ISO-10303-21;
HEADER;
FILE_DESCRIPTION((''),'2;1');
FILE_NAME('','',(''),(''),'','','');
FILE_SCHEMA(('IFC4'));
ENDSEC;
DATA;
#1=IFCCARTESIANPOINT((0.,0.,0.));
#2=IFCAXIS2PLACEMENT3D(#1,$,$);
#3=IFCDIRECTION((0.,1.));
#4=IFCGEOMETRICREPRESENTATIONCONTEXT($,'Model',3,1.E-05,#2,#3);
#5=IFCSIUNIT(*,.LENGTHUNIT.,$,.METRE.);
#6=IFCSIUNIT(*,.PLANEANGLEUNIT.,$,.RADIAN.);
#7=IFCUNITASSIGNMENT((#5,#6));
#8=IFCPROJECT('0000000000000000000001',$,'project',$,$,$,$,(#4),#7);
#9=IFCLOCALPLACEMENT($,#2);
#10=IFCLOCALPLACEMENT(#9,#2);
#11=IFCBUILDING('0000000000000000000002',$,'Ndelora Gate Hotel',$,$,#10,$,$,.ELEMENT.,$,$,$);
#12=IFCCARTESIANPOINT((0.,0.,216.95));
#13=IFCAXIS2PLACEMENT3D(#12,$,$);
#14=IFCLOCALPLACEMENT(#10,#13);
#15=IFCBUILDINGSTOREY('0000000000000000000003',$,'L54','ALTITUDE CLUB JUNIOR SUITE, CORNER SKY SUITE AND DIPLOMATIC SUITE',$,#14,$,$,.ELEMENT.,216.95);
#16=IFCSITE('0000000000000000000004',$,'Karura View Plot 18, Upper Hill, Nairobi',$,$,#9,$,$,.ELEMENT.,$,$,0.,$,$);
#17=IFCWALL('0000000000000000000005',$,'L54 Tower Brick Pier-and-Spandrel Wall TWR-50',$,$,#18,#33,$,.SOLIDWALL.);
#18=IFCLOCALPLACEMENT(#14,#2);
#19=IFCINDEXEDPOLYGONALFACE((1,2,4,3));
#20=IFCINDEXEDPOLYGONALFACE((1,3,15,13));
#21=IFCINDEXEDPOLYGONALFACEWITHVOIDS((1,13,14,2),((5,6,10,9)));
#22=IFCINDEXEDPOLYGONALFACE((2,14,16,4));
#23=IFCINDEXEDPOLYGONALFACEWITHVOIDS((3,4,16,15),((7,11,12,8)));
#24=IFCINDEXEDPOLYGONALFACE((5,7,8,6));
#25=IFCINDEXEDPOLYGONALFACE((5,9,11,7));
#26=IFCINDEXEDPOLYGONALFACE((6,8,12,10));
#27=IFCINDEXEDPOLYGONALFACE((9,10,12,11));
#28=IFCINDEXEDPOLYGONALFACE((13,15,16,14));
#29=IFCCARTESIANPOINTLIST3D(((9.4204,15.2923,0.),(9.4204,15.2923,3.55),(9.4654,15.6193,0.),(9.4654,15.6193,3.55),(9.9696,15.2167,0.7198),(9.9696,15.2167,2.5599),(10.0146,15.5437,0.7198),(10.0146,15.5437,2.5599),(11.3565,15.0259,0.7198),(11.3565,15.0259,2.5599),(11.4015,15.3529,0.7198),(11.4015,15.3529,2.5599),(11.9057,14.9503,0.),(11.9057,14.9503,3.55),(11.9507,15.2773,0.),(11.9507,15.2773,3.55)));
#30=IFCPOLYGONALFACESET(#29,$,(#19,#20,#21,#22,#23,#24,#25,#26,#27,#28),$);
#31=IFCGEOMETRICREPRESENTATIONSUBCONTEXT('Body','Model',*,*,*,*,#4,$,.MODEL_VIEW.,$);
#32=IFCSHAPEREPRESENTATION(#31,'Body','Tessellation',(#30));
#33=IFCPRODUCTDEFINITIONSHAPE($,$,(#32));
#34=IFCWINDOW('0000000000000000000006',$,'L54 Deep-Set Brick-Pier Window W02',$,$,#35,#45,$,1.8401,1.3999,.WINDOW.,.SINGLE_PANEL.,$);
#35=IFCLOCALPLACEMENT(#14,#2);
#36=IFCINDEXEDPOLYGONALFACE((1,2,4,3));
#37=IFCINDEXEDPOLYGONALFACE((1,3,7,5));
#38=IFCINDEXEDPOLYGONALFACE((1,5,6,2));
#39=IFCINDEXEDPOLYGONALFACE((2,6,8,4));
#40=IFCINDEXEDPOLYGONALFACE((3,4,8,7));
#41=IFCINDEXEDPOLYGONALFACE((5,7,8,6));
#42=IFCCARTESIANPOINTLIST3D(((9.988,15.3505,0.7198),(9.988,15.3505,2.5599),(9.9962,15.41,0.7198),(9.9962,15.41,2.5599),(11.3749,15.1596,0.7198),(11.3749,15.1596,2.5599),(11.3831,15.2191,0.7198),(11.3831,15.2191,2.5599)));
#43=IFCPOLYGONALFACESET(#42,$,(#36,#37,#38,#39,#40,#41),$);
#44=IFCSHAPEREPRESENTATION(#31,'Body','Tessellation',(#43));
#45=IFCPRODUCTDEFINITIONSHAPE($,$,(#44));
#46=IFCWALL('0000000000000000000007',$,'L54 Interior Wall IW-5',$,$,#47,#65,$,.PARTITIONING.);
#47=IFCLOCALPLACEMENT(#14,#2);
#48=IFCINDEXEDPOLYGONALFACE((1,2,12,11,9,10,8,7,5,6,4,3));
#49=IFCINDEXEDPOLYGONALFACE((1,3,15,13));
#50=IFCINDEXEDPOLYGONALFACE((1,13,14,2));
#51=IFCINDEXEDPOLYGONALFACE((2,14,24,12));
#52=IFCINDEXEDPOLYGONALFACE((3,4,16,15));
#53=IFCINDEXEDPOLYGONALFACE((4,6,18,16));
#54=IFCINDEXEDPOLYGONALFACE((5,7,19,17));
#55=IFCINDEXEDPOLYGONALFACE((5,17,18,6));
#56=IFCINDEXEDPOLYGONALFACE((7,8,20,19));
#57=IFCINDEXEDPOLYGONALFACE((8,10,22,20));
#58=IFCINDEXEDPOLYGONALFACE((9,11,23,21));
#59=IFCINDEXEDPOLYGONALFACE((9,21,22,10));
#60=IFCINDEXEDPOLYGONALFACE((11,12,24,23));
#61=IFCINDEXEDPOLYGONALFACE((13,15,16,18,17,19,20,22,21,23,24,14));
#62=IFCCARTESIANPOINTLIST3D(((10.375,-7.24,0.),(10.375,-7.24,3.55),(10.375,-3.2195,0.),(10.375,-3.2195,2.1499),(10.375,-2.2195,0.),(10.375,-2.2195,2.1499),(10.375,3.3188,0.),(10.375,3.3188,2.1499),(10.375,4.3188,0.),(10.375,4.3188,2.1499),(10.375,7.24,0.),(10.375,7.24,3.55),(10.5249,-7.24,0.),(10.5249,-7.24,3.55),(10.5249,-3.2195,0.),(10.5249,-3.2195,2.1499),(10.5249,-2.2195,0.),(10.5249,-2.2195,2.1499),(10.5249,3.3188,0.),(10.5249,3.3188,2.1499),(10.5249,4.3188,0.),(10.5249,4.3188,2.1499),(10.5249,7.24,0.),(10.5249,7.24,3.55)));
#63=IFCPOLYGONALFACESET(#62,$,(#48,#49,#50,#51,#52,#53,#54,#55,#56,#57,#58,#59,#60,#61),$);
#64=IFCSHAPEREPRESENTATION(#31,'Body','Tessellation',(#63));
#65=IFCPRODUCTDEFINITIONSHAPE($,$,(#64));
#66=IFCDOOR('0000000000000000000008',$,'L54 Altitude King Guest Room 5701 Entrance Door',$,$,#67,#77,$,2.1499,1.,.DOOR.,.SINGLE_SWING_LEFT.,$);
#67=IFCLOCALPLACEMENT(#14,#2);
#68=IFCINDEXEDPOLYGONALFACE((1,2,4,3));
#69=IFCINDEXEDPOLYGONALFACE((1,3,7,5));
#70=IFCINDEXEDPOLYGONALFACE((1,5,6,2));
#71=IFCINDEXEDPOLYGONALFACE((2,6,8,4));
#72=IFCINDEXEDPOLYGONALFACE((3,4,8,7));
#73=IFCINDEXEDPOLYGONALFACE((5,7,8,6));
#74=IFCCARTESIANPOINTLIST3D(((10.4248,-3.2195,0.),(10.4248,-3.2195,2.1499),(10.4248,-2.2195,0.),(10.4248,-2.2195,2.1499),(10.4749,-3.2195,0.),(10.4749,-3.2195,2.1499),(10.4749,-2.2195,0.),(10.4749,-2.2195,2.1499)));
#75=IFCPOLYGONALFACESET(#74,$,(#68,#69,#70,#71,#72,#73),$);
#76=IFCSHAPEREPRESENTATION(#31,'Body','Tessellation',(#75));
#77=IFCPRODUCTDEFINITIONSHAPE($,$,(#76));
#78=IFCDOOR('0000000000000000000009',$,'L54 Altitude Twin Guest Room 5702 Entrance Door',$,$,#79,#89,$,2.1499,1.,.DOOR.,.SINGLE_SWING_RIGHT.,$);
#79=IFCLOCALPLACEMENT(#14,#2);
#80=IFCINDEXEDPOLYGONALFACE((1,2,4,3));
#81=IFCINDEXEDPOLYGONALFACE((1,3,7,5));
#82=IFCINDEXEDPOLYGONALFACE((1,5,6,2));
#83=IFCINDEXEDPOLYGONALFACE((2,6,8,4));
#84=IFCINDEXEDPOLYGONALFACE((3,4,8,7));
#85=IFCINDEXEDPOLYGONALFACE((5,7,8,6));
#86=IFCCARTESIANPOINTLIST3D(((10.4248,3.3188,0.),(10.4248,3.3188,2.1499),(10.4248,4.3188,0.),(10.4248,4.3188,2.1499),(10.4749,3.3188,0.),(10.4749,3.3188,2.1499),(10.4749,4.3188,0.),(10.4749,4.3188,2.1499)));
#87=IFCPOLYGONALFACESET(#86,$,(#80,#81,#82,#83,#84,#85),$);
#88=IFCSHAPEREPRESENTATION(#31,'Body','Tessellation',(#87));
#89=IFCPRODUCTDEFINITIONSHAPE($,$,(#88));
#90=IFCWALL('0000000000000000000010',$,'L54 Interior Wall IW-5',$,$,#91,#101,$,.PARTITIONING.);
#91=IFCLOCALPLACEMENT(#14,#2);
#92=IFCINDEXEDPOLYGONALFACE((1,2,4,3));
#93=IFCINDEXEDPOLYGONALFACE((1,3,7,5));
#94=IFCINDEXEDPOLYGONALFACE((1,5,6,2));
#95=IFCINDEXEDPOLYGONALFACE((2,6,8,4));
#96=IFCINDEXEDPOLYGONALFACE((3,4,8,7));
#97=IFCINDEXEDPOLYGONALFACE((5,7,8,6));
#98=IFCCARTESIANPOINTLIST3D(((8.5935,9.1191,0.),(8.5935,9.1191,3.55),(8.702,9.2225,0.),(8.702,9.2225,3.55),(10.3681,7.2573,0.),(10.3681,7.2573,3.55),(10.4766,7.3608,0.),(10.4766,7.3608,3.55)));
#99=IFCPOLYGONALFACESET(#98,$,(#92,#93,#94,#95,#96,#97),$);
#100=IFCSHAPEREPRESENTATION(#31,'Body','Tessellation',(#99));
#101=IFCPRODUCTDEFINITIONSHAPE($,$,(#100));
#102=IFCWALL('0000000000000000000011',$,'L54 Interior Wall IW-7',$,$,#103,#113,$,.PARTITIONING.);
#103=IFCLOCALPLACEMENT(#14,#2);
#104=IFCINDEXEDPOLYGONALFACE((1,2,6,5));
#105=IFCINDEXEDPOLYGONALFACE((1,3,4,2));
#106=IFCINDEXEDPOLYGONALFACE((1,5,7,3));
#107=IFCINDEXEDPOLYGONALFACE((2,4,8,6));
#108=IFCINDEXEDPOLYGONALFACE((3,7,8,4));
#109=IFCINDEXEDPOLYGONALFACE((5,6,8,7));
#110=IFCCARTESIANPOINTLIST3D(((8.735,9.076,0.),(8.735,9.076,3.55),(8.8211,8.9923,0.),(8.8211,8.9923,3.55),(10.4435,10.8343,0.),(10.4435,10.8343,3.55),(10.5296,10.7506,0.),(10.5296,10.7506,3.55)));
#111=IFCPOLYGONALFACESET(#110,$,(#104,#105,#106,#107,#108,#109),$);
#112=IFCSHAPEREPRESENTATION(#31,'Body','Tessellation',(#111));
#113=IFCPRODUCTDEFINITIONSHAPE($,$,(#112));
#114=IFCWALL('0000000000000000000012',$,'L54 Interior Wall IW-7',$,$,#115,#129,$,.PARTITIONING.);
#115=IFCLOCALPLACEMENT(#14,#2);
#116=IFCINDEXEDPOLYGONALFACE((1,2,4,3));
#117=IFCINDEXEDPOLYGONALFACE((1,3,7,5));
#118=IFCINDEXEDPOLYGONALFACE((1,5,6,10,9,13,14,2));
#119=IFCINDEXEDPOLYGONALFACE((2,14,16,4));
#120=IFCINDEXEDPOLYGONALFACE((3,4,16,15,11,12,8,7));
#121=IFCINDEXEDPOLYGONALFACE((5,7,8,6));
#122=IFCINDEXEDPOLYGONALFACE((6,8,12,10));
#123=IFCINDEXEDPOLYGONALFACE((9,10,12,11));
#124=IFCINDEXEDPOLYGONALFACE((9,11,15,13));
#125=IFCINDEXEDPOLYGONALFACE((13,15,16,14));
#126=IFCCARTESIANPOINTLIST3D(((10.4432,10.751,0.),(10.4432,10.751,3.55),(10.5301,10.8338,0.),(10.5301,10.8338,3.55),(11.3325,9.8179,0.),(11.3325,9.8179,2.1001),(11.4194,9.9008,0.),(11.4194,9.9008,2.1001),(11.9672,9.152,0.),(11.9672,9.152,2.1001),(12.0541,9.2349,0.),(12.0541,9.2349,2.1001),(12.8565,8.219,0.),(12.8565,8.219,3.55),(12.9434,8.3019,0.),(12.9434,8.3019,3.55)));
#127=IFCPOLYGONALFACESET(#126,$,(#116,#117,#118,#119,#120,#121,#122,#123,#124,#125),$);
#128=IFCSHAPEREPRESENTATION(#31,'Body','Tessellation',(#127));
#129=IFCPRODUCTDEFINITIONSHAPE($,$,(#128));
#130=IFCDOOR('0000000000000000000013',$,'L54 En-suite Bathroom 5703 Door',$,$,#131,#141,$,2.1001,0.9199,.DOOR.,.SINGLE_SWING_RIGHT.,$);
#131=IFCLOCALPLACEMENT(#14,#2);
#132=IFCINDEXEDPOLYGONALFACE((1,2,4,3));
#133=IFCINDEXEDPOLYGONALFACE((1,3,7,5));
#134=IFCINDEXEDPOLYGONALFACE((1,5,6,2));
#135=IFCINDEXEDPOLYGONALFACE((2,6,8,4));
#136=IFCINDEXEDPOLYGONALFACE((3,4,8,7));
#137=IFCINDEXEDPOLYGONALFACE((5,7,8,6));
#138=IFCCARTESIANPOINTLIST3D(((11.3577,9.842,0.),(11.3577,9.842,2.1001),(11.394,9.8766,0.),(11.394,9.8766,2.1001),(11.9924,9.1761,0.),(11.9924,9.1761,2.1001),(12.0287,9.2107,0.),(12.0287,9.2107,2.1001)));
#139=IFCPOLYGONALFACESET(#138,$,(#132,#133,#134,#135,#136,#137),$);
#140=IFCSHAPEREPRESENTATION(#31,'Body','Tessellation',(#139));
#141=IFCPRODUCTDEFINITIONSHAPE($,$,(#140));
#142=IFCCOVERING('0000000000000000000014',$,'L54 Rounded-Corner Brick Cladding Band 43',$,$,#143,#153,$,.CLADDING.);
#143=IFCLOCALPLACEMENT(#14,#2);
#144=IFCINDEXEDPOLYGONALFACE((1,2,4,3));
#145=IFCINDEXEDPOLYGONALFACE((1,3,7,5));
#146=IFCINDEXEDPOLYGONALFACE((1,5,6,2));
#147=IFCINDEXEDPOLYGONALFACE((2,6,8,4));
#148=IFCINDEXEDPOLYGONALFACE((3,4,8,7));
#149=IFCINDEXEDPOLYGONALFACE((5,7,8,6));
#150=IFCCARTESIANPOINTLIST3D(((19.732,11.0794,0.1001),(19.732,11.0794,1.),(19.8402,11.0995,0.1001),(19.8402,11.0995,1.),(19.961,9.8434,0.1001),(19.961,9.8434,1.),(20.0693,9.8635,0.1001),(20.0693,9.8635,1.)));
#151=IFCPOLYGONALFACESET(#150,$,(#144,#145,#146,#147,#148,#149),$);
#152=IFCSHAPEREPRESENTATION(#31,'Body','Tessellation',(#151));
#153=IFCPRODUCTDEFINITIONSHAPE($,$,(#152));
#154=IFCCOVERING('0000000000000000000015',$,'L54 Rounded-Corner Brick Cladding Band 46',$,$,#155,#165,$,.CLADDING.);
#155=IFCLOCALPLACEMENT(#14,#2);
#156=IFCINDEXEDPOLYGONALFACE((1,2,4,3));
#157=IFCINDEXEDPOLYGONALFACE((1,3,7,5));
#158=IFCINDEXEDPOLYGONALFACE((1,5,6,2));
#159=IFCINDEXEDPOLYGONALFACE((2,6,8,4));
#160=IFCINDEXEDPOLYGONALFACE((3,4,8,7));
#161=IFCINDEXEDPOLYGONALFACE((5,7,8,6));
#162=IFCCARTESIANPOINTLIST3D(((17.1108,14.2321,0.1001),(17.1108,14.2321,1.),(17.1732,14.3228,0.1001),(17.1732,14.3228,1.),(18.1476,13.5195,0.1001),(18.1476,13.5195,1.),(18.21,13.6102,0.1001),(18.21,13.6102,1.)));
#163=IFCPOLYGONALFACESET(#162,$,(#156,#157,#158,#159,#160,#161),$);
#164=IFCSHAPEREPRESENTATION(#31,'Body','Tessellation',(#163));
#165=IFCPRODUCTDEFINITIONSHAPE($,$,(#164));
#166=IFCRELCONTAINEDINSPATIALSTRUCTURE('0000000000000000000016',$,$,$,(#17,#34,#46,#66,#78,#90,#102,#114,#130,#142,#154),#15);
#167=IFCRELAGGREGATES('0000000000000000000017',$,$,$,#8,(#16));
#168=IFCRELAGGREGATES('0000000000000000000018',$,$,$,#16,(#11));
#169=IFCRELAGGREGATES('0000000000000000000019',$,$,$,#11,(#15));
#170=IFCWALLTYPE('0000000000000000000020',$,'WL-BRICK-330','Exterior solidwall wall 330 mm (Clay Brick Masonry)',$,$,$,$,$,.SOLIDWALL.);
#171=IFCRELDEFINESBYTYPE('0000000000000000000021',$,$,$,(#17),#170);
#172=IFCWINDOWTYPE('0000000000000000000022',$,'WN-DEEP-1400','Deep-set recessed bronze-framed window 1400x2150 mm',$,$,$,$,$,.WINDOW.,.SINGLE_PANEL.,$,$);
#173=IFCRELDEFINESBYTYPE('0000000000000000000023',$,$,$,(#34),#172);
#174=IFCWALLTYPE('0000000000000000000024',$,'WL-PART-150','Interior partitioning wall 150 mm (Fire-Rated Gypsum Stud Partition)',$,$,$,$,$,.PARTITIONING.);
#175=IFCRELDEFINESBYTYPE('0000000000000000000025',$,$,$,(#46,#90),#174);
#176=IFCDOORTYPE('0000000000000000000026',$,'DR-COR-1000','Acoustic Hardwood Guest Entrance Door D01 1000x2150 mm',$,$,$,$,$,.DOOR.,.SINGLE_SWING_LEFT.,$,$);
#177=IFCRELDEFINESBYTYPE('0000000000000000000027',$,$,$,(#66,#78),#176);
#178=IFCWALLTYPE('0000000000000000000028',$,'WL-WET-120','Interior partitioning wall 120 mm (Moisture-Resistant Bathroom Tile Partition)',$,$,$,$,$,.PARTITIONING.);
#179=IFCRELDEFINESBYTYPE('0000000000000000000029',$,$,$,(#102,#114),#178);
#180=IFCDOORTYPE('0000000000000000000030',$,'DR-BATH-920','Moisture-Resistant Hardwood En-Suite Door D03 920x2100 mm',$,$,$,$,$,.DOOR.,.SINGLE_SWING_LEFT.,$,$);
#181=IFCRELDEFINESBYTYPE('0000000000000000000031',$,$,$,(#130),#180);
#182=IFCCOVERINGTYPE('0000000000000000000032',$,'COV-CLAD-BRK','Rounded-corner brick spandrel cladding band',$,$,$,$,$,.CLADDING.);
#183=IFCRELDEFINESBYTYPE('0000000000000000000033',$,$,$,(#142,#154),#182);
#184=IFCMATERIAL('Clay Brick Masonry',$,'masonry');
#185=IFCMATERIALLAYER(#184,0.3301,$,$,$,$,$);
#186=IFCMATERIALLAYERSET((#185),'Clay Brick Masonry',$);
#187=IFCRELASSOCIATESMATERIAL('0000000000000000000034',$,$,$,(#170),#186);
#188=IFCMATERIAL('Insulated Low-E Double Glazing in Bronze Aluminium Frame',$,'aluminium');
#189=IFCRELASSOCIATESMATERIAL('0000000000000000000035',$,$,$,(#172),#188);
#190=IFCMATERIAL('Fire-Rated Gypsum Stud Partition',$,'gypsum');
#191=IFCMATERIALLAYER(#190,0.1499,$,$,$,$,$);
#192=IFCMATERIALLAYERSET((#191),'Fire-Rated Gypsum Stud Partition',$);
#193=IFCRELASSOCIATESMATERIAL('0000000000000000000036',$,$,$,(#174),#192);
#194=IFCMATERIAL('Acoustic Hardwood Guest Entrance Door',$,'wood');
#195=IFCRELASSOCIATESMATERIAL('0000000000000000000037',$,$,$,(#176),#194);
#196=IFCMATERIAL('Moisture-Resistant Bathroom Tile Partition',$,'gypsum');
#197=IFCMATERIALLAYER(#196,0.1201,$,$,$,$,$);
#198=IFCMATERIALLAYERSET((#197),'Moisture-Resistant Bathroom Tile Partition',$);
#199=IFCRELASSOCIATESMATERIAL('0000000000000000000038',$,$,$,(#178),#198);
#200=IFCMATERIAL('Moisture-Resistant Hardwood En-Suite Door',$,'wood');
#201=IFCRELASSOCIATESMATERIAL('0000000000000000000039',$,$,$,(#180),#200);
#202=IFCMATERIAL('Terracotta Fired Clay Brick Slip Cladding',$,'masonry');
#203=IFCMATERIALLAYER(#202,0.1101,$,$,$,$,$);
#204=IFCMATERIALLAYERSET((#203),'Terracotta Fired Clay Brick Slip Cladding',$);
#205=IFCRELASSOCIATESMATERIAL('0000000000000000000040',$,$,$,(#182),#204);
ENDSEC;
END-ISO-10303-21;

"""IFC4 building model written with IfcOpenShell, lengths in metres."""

from ifc_helpers import new_model, si_unit, direction, frame, frame_2d, origin, origin_2d, place, context, subcontext, project, spatial, rectangle, extrude, material, layer, layer_set, type_object, element, fill, save


model = new_model("IFC4")

# Units and contexts
model_context = context("Model", 3, precision=1e-05, world=origin(), true_north=direction((0.0, 1.0)))
body_context = subcontext(model_context, "Body", "Model", "MODEL_VIEW")
ifc_project = project(units=[si_unit("LENGTHUNIT", "METRE"), si_unit("PLANEANGLEUNIT", "RADIAN")], contexts=[model_context])

# Site, building, storey
site_placement = place(None, origin())
site = spatial("IfcSite", under=ifc_project, at=site_placement, Name="Karura View Plot 18, Upper Hill, Nairobi", CompositionType="ELEMENT", RefElevation=0.0)
building_placement = place(site_placement, origin())
building = spatial("IfcBuilding", under=site, at=building_placement, Name="Ndelora Gate Hotel", CompositionType="ELEMENT")
storey_placement = place(building_placement, frame((0.0, 0.0, 216.95)))
storey = spatial("IfcBuildingStorey", under=building, at=storey_placement, Name="L54", Description="ALTITUDE CLUB JUNIOR SUITE, CORNER SKY SUITE AND DIPLOMATIC SUITE", CompositionType="ELEMENT", Elevation=216.95)

# Shared definitions
ifc_material_1 = material(Name="Clay Brick Masonry", Category="masonry")
ifc_layer_1 = layer(ifc_material_1, 0.3301)
ifc_layer_set_1 = layer_set([ifc_layer_1], Name="Clay Brick Masonry")
wall_type_1 = type_object("IfcWallType", Name="WL-BRICK-330", Description="Exterior solidwall wall 330 mm (Clay Brick Masonry)", PredefinedType="SOLIDWALL", material=ifc_layer_set_1)

# Wall, opening, window
ifc_material_2 = material(Name="Insulated Low-E Double Glazing in Bronze Aluminium Frame", Category="aluminium")
window_type = type_object("IfcWindowType", Name="WN-DEEP-1400", Description="Deep-set recessed bronze-framed window 1400x2150 mm", PartitioningType="SINGLE_PANEL", PredefinedType="WINDOW", material=ifc_material_2)
wall_1_placement = place(storey_placement, frame((9.4429, 15.4558, 0.0), z_axis=(0.0, 0.0, 1.0), x_axis=(0.990662, -0.136338, 0.0)))
wall_1 = element("IfcWall", 1, at=wall_1_placement, inside=storey, type_object=wall_type_1, Name="L54 Tower Brick Pier-and-Spandrel Wall TWR-50", PredefinedType="SOLIDWALL", context=body_context, shape_type="SweptSolid", body=[
    extrude(rectangle(XDim=2.5088, YDim=0.3301, at=frame_2d((1.2544, 0.0))), origin(), (0.0, 0.0, 1.0), 3.55),
])
opening_1_placement = place(wall_1_placement, frame((0.5544, 0.0, 0.72)))
opening_1 = element("IfcOpeningElement", 2, at=opening_1_placement, cuts=wall_1, PredefinedType="OPENING", context=body_context, shape_type="SweptSolid", body=[
    extrude(rectangle(XDim=1.3999, YDim=1.8401, at=frame_2d((0.7, 0.9199))), frame((0.0, 0.175, 0.0), z_axis=(0.0, -1.0, 0.0), x_axis=(1.0, 0.0, 0.0)), (0.0, 0.0, 1.0), 0.3501),
])
window_1_placement = place(opening_1_placement, origin())
window_1 = element("IfcWindow", 3, at=window_1_placement, inside=storey, type_object=window_type, Name="L54 Deep-Set Brick-Pier Window W02", OverallHeight=1.8401, OverallWidth=1.3999, PartitioningType="SINGLE_PANEL", PredefinedType="WINDOW", context=body_context, shape_type="SweptSolid", body=[
    extrude(rectangle(XDim=1.3999, YDim=1.8401, at=frame_2d((0.7, 0.9199))), frame((0.0, 0.03, 0.0), z_axis=(0.0, -1.0, 0.0), x_axis=(1.0, 0.0, 0.0)), (0.0, 0.0, 1.0), 0.0601),
])
fill(opening_1, window_1)

# Wall, openings, doors
ifc_material_3 = material(Name="Fire-Rated Gypsum Stud Partition", Category="gypsum")
ifc_layer_2 = layer(ifc_material_3, 0.1499)
ifc_layer_set_2 = layer_set([ifc_layer_2], Name="Fire-Rated Gypsum Stud Partition")
wall_type_2 = type_object("IfcWallType", Name="WL-PART-150", Description="Interior partitioning wall 150 mm (Fire-Rated Gypsum Stud Partition)", PredefinedType="PARTITIONING", material=ifc_layer_set_2)
wall_2_placement = place(storey_placement, frame((10.45, 7.24, 0.0), z_axis=(0.0, 0.0, 1.0), x_axis=(0.0, -1.0, 0.0)))
wall_2 = element("IfcWall", 4, at=wall_2_placement, inside=storey, type_object=wall_type_2, Name="L54 Interior Wall IW-5", PredefinedType="PARTITIONING", context=body_context, shape_type="SweptSolid", body=[
    extrude(rectangle(XDim=14.48, YDim=0.1499, at=frame_2d((7.24, 0.0))), origin(), (0.0, 0.0, 1.0), 3.55),
])
opening_2_placement = place(wall_2_placement, frame((9.4595, 0.0, 0.0)))
opening_2 = element("IfcOpeningElement", 5, at=opening_2_placement, cuts=wall_2, PredefinedType="OPENING", context=body_context, shape_type="SweptSolid", body=[
    extrude(rectangle(XDim=1.0, YDim=2.1499, at=frame_2d((0.5, 1.075))), frame((0.0, 0.085, 0.0), z_axis=(0.0, -1.0, 0.0), x_axis=(1.0, 0.0, 0.0)), (0.0, 0.0, 1.0), 0.1699),
])
opening_3_placement = place(wall_2_placement, frame((2.9211, 0.0, 0.0)))
opening_3 = element("IfcOpeningElement", 6, at=opening_3_placement, cuts=wall_2, PredefinedType="OPENING", context=body_context, shape_type="SweptSolid", body=[
    extrude(rectangle(XDim=1.0, YDim=2.1499, at=frame_2d((0.5, 1.075))), frame((0.0, 0.085, 0.0), z_axis=(0.0, -1.0, 0.0), x_axis=(1.0, 0.0, 0.0)), (0.0, 0.0, 1.0), 0.1699),
])
ifc_material_4 = material(Name="Acoustic Hardwood Guest Entrance Door", Category="wood")
door_type_1 = type_object("IfcDoorType", Name="DR-COR-1000", Description="Acoustic Hardwood Guest Entrance Door D01 1000x2150 mm", OperationType="SINGLE_SWING_LEFT", PredefinedType="DOOR", material=ifc_material_4)
door_1_placement = place(opening_2_placement, origin())
door_1 = element("IfcDoor", 7, at=door_1_placement, inside=storey, type_object=door_type_1, Name="L54 Altitude King Guest Room 5701 Entrance Door", OperationType="SINGLE_SWING_LEFT", OverallHeight=2.1499, OverallWidth=1.0, PredefinedType="DOOR", context=body_context, shape_type="SweptSolid", body=[
    extrude(rectangle(XDim=1.0, YDim=2.1499, at=frame_2d((0.5, 1.075))), frame((0.0, 0.0249, 0.0), z_axis=(0.0, -1.0, 0.0), x_axis=(1.0, 0.0, 0.0)), (0.0, 0.0, 1.0), 0.05),
])
fill(opening_2, door_1)
door_2_placement = place(opening_3_placement, origin())
door_2 = element("IfcDoor", 8, at=door_2_placement, inside=storey, type_object=door_type_1, Name="L54 Altitude Twin Guest Room 5702 Entrance Door", OperationType="SINGLE_SWING_RIGHT", OverallHeight=2.1499, OverallWidth=1.0, PredefinedType="DOOR", context=body_context, shape_type="SweptSolid", body=[
    extrude(rectangle(XDim=1.0, YDim=2.1499, at=frame_2d((0.5, 1.075))), frame((0.0, 0.0249, 0.0), z_axis=(0.0, -1.0, 0.0), x_axis=(1.0, 0.0, 0.0)), (0.0, 0.0, 1.0), 0.05),
])
fill(opening_3, door_2)

# Walls
wall_3_placement = place(storey_placement, frame((8.6477, 9.1709, 0.0), z_axis=(0.0, 0.0, 1.0), x_axis=(0.689961, -0.723847, 0.0)))
element("IfcWall", 9, at=wall_3_placement, inside=storey, type_object=wall_type_2, Name="L54 Interior Wall IW-5", PredefinedType="PARTITIONING", context=body_context, shape_type="SweptSolid", body=[
    extrude(rectangle(XDim=2.572, YDim=0.1499, at=frame_2d((1.2861, 0.0))), origin(), (0.0, 0.0, 1.0), 3.55),
])
ifc_material_5 = material(Name="Moisture-Resistant Bathroom Tile Partition", Category="gypsum")
ifc_layer_3 = layer(ifc_material_5, 0.1201)
ifc_layer_set_3 = layer_set([ifc_layer_3], Name="Moisture-Resistant Bathroom Tile Partition")
wall_type_3 = type_object("IfcWallType", Name="WL-WET-120", Description="Interior partitioning wall 120 mm (Moisture-Resistant Bathroom Tile Partition)", PredefinedType="PARTITIONING", material=ifc_layer_set_3)
wall_4_placement = place(storey_placement, frame((10.4866, 10.7925, 0.0), z_axis=(0.0, 0.0, 1.0), x_axis=(-0.696876, -0.717191, 0.0)))
element("IfcWall", 10, at=wall_4_placement, inside=storey, type_object=wall_type_3, Name="L54 Interior Wall IW-7", PredefinedType="PARTITIONING", context=body_context, shape_type="SweptSolid", body=[
    extrude(rectangle(XDim=2.4517, YDim=0.1201, at=frame_2d((1.2258, 0.0))), origin(), (0.0, 0.0, 1.0), 3.55),
])

# Wall, opening, door
wall_5_placement = place(storey_placement, frame((10.4866, 10.7925, 0.0), z_axis=(0.0, 0.0, 1.0), x_axis=(0.689943, -0.723864, 0.0)))
wall_5 = element("IfcWall", 11, at=wall_5_placement, inside=storey, type_object=wall_type_3, Name="L54 Interior Wall IW-7", PredefinedType="PARTITIONING", context=body_context, shape_type="SweptSolid", body=[
    extrude(rectangle(XDim=3.4978, YDim=0.1201, at=frame_2d((1.749, 0.0))), origin(), (0.0, 0.0, 1.0), 3.55),
])
opening_4_placement = place(wall_5_placement, frame((1.2891, 0.0, 0.0)))
opening_4 = element("IfcOpeningElement", 12, at=opening_4_placement, cuts=wall_5, PredefinedType="OPENING", context=body_context, shape_type="SweptSolid", body=[
    extrude(rectangle(XDim=0.9199, YDim=2.1001, at=frame_2d((0.46, 1.05))), frame((0.0, 0.0701, 0.0), z_axis=(0.0, -1.0, 0.0), x_axis=(1.0, 0.0, 0.0)), (0.0, 0.0, 1.0), 0.1401),
])
ifc_material_6 = material(Name="Moisture-Resistant Hardwood En-Suite Door", Category="wood")
door_type_2 = type_object("IfcDoorType", Name="DR-BATH-920", Description="Moisture-Resistant Hardwood En-Suite Door D03 920x2100 mm", OperationType="SINGLE_SWING_LEFT", PredefinedType="DOOR", material=ifc_material_6)
door_3_placement = place(opening_4_placement, origin())
door_3 = element("IfcDoor", 13, at=door_3_placement, inside=storey, type_object=door_type_2, Name="L54 En-suite Bathroom 5703 Door", OperationType="SINGLE_SWING_RIGHT", OverallHeight=2.1001, OverallWidth=0.9199, PredefinedType="DOOR", context=body_context, shape_type="SweptSolid", body=[
    extrude(rectangle(XDim=0.9199, YDim=2.1001, at=frame_2d((0.46, 1.05))), frame((0.0, 0.0249, 0.0), z_axis=(0.0, -1.0, 0.0), x_axis=(1.0, 0.0, 0.0)), (0.0, 0.0, 1.0), 0.05),
])
fill(opening_4, door_3)

# Coverings
ifc_material_7 = material(Name="Terracotta Fired Clay Brick Slip Cladding", Category="masonry")
ifc_layer_4 = layer(ifc_material_7, 0.1101)
ifc_layer_set_4 = layer_set([ifc_layer_4], Name="Terracotta Fired Clay Brick Slip Cladding")
covering_type_1 = type_object("IfcCoveringType", Name="COV-CLAD-BRK", Description="Rounded-corner brick spandrel cladding band", PredefinedType="CLADDING", material=ifc_layer_set_4)
covering_1_placement = place(storey_placement, frame((19.9006, 10.4714, 0.1001), z_axis=(0.0, 0.0, 1.0), x_axis=(-0.182236, 0.983255, 0.0)))
element("IfcCovering", 14, at=covering_1_placement, inside=storey, type_object=covering_type_1, Name="L54 Rounded-Corner Brick Cladding Band 43", PredefinedType="CLADDING", context=body_context, shape_type="SweptSolid", body=[
    extrude(rectangle(XDim=1.2571, YDim=0.1101, at=origin_2d()), origin(), (0.0, 0.0, 1.0), 0.8999),
])
covering_2_placement = place(storey_placement, frame((17.6604, 13.9211, 0.1001), z_axis=(0.0, 0.0, 1.0), x_axis=(-0.824126, 0.566406, 0.0)))
element("IfcCovering", 15, at=covering_2_placement, inside=storey, type_object=covering_type_1, Name="L54 Rounded-Corner Brick Cladding Band 46", PredefinedType="CLADDING", context=body_context, shape_type="SweptSolid", body=[
    extrude(rectangle(XDim=1.2581, YDim=0.1101, at=origin_2d()), origin(), (0.0, 0.0, 1.0), 0.8999),
])

save(model, "model.ifc")
